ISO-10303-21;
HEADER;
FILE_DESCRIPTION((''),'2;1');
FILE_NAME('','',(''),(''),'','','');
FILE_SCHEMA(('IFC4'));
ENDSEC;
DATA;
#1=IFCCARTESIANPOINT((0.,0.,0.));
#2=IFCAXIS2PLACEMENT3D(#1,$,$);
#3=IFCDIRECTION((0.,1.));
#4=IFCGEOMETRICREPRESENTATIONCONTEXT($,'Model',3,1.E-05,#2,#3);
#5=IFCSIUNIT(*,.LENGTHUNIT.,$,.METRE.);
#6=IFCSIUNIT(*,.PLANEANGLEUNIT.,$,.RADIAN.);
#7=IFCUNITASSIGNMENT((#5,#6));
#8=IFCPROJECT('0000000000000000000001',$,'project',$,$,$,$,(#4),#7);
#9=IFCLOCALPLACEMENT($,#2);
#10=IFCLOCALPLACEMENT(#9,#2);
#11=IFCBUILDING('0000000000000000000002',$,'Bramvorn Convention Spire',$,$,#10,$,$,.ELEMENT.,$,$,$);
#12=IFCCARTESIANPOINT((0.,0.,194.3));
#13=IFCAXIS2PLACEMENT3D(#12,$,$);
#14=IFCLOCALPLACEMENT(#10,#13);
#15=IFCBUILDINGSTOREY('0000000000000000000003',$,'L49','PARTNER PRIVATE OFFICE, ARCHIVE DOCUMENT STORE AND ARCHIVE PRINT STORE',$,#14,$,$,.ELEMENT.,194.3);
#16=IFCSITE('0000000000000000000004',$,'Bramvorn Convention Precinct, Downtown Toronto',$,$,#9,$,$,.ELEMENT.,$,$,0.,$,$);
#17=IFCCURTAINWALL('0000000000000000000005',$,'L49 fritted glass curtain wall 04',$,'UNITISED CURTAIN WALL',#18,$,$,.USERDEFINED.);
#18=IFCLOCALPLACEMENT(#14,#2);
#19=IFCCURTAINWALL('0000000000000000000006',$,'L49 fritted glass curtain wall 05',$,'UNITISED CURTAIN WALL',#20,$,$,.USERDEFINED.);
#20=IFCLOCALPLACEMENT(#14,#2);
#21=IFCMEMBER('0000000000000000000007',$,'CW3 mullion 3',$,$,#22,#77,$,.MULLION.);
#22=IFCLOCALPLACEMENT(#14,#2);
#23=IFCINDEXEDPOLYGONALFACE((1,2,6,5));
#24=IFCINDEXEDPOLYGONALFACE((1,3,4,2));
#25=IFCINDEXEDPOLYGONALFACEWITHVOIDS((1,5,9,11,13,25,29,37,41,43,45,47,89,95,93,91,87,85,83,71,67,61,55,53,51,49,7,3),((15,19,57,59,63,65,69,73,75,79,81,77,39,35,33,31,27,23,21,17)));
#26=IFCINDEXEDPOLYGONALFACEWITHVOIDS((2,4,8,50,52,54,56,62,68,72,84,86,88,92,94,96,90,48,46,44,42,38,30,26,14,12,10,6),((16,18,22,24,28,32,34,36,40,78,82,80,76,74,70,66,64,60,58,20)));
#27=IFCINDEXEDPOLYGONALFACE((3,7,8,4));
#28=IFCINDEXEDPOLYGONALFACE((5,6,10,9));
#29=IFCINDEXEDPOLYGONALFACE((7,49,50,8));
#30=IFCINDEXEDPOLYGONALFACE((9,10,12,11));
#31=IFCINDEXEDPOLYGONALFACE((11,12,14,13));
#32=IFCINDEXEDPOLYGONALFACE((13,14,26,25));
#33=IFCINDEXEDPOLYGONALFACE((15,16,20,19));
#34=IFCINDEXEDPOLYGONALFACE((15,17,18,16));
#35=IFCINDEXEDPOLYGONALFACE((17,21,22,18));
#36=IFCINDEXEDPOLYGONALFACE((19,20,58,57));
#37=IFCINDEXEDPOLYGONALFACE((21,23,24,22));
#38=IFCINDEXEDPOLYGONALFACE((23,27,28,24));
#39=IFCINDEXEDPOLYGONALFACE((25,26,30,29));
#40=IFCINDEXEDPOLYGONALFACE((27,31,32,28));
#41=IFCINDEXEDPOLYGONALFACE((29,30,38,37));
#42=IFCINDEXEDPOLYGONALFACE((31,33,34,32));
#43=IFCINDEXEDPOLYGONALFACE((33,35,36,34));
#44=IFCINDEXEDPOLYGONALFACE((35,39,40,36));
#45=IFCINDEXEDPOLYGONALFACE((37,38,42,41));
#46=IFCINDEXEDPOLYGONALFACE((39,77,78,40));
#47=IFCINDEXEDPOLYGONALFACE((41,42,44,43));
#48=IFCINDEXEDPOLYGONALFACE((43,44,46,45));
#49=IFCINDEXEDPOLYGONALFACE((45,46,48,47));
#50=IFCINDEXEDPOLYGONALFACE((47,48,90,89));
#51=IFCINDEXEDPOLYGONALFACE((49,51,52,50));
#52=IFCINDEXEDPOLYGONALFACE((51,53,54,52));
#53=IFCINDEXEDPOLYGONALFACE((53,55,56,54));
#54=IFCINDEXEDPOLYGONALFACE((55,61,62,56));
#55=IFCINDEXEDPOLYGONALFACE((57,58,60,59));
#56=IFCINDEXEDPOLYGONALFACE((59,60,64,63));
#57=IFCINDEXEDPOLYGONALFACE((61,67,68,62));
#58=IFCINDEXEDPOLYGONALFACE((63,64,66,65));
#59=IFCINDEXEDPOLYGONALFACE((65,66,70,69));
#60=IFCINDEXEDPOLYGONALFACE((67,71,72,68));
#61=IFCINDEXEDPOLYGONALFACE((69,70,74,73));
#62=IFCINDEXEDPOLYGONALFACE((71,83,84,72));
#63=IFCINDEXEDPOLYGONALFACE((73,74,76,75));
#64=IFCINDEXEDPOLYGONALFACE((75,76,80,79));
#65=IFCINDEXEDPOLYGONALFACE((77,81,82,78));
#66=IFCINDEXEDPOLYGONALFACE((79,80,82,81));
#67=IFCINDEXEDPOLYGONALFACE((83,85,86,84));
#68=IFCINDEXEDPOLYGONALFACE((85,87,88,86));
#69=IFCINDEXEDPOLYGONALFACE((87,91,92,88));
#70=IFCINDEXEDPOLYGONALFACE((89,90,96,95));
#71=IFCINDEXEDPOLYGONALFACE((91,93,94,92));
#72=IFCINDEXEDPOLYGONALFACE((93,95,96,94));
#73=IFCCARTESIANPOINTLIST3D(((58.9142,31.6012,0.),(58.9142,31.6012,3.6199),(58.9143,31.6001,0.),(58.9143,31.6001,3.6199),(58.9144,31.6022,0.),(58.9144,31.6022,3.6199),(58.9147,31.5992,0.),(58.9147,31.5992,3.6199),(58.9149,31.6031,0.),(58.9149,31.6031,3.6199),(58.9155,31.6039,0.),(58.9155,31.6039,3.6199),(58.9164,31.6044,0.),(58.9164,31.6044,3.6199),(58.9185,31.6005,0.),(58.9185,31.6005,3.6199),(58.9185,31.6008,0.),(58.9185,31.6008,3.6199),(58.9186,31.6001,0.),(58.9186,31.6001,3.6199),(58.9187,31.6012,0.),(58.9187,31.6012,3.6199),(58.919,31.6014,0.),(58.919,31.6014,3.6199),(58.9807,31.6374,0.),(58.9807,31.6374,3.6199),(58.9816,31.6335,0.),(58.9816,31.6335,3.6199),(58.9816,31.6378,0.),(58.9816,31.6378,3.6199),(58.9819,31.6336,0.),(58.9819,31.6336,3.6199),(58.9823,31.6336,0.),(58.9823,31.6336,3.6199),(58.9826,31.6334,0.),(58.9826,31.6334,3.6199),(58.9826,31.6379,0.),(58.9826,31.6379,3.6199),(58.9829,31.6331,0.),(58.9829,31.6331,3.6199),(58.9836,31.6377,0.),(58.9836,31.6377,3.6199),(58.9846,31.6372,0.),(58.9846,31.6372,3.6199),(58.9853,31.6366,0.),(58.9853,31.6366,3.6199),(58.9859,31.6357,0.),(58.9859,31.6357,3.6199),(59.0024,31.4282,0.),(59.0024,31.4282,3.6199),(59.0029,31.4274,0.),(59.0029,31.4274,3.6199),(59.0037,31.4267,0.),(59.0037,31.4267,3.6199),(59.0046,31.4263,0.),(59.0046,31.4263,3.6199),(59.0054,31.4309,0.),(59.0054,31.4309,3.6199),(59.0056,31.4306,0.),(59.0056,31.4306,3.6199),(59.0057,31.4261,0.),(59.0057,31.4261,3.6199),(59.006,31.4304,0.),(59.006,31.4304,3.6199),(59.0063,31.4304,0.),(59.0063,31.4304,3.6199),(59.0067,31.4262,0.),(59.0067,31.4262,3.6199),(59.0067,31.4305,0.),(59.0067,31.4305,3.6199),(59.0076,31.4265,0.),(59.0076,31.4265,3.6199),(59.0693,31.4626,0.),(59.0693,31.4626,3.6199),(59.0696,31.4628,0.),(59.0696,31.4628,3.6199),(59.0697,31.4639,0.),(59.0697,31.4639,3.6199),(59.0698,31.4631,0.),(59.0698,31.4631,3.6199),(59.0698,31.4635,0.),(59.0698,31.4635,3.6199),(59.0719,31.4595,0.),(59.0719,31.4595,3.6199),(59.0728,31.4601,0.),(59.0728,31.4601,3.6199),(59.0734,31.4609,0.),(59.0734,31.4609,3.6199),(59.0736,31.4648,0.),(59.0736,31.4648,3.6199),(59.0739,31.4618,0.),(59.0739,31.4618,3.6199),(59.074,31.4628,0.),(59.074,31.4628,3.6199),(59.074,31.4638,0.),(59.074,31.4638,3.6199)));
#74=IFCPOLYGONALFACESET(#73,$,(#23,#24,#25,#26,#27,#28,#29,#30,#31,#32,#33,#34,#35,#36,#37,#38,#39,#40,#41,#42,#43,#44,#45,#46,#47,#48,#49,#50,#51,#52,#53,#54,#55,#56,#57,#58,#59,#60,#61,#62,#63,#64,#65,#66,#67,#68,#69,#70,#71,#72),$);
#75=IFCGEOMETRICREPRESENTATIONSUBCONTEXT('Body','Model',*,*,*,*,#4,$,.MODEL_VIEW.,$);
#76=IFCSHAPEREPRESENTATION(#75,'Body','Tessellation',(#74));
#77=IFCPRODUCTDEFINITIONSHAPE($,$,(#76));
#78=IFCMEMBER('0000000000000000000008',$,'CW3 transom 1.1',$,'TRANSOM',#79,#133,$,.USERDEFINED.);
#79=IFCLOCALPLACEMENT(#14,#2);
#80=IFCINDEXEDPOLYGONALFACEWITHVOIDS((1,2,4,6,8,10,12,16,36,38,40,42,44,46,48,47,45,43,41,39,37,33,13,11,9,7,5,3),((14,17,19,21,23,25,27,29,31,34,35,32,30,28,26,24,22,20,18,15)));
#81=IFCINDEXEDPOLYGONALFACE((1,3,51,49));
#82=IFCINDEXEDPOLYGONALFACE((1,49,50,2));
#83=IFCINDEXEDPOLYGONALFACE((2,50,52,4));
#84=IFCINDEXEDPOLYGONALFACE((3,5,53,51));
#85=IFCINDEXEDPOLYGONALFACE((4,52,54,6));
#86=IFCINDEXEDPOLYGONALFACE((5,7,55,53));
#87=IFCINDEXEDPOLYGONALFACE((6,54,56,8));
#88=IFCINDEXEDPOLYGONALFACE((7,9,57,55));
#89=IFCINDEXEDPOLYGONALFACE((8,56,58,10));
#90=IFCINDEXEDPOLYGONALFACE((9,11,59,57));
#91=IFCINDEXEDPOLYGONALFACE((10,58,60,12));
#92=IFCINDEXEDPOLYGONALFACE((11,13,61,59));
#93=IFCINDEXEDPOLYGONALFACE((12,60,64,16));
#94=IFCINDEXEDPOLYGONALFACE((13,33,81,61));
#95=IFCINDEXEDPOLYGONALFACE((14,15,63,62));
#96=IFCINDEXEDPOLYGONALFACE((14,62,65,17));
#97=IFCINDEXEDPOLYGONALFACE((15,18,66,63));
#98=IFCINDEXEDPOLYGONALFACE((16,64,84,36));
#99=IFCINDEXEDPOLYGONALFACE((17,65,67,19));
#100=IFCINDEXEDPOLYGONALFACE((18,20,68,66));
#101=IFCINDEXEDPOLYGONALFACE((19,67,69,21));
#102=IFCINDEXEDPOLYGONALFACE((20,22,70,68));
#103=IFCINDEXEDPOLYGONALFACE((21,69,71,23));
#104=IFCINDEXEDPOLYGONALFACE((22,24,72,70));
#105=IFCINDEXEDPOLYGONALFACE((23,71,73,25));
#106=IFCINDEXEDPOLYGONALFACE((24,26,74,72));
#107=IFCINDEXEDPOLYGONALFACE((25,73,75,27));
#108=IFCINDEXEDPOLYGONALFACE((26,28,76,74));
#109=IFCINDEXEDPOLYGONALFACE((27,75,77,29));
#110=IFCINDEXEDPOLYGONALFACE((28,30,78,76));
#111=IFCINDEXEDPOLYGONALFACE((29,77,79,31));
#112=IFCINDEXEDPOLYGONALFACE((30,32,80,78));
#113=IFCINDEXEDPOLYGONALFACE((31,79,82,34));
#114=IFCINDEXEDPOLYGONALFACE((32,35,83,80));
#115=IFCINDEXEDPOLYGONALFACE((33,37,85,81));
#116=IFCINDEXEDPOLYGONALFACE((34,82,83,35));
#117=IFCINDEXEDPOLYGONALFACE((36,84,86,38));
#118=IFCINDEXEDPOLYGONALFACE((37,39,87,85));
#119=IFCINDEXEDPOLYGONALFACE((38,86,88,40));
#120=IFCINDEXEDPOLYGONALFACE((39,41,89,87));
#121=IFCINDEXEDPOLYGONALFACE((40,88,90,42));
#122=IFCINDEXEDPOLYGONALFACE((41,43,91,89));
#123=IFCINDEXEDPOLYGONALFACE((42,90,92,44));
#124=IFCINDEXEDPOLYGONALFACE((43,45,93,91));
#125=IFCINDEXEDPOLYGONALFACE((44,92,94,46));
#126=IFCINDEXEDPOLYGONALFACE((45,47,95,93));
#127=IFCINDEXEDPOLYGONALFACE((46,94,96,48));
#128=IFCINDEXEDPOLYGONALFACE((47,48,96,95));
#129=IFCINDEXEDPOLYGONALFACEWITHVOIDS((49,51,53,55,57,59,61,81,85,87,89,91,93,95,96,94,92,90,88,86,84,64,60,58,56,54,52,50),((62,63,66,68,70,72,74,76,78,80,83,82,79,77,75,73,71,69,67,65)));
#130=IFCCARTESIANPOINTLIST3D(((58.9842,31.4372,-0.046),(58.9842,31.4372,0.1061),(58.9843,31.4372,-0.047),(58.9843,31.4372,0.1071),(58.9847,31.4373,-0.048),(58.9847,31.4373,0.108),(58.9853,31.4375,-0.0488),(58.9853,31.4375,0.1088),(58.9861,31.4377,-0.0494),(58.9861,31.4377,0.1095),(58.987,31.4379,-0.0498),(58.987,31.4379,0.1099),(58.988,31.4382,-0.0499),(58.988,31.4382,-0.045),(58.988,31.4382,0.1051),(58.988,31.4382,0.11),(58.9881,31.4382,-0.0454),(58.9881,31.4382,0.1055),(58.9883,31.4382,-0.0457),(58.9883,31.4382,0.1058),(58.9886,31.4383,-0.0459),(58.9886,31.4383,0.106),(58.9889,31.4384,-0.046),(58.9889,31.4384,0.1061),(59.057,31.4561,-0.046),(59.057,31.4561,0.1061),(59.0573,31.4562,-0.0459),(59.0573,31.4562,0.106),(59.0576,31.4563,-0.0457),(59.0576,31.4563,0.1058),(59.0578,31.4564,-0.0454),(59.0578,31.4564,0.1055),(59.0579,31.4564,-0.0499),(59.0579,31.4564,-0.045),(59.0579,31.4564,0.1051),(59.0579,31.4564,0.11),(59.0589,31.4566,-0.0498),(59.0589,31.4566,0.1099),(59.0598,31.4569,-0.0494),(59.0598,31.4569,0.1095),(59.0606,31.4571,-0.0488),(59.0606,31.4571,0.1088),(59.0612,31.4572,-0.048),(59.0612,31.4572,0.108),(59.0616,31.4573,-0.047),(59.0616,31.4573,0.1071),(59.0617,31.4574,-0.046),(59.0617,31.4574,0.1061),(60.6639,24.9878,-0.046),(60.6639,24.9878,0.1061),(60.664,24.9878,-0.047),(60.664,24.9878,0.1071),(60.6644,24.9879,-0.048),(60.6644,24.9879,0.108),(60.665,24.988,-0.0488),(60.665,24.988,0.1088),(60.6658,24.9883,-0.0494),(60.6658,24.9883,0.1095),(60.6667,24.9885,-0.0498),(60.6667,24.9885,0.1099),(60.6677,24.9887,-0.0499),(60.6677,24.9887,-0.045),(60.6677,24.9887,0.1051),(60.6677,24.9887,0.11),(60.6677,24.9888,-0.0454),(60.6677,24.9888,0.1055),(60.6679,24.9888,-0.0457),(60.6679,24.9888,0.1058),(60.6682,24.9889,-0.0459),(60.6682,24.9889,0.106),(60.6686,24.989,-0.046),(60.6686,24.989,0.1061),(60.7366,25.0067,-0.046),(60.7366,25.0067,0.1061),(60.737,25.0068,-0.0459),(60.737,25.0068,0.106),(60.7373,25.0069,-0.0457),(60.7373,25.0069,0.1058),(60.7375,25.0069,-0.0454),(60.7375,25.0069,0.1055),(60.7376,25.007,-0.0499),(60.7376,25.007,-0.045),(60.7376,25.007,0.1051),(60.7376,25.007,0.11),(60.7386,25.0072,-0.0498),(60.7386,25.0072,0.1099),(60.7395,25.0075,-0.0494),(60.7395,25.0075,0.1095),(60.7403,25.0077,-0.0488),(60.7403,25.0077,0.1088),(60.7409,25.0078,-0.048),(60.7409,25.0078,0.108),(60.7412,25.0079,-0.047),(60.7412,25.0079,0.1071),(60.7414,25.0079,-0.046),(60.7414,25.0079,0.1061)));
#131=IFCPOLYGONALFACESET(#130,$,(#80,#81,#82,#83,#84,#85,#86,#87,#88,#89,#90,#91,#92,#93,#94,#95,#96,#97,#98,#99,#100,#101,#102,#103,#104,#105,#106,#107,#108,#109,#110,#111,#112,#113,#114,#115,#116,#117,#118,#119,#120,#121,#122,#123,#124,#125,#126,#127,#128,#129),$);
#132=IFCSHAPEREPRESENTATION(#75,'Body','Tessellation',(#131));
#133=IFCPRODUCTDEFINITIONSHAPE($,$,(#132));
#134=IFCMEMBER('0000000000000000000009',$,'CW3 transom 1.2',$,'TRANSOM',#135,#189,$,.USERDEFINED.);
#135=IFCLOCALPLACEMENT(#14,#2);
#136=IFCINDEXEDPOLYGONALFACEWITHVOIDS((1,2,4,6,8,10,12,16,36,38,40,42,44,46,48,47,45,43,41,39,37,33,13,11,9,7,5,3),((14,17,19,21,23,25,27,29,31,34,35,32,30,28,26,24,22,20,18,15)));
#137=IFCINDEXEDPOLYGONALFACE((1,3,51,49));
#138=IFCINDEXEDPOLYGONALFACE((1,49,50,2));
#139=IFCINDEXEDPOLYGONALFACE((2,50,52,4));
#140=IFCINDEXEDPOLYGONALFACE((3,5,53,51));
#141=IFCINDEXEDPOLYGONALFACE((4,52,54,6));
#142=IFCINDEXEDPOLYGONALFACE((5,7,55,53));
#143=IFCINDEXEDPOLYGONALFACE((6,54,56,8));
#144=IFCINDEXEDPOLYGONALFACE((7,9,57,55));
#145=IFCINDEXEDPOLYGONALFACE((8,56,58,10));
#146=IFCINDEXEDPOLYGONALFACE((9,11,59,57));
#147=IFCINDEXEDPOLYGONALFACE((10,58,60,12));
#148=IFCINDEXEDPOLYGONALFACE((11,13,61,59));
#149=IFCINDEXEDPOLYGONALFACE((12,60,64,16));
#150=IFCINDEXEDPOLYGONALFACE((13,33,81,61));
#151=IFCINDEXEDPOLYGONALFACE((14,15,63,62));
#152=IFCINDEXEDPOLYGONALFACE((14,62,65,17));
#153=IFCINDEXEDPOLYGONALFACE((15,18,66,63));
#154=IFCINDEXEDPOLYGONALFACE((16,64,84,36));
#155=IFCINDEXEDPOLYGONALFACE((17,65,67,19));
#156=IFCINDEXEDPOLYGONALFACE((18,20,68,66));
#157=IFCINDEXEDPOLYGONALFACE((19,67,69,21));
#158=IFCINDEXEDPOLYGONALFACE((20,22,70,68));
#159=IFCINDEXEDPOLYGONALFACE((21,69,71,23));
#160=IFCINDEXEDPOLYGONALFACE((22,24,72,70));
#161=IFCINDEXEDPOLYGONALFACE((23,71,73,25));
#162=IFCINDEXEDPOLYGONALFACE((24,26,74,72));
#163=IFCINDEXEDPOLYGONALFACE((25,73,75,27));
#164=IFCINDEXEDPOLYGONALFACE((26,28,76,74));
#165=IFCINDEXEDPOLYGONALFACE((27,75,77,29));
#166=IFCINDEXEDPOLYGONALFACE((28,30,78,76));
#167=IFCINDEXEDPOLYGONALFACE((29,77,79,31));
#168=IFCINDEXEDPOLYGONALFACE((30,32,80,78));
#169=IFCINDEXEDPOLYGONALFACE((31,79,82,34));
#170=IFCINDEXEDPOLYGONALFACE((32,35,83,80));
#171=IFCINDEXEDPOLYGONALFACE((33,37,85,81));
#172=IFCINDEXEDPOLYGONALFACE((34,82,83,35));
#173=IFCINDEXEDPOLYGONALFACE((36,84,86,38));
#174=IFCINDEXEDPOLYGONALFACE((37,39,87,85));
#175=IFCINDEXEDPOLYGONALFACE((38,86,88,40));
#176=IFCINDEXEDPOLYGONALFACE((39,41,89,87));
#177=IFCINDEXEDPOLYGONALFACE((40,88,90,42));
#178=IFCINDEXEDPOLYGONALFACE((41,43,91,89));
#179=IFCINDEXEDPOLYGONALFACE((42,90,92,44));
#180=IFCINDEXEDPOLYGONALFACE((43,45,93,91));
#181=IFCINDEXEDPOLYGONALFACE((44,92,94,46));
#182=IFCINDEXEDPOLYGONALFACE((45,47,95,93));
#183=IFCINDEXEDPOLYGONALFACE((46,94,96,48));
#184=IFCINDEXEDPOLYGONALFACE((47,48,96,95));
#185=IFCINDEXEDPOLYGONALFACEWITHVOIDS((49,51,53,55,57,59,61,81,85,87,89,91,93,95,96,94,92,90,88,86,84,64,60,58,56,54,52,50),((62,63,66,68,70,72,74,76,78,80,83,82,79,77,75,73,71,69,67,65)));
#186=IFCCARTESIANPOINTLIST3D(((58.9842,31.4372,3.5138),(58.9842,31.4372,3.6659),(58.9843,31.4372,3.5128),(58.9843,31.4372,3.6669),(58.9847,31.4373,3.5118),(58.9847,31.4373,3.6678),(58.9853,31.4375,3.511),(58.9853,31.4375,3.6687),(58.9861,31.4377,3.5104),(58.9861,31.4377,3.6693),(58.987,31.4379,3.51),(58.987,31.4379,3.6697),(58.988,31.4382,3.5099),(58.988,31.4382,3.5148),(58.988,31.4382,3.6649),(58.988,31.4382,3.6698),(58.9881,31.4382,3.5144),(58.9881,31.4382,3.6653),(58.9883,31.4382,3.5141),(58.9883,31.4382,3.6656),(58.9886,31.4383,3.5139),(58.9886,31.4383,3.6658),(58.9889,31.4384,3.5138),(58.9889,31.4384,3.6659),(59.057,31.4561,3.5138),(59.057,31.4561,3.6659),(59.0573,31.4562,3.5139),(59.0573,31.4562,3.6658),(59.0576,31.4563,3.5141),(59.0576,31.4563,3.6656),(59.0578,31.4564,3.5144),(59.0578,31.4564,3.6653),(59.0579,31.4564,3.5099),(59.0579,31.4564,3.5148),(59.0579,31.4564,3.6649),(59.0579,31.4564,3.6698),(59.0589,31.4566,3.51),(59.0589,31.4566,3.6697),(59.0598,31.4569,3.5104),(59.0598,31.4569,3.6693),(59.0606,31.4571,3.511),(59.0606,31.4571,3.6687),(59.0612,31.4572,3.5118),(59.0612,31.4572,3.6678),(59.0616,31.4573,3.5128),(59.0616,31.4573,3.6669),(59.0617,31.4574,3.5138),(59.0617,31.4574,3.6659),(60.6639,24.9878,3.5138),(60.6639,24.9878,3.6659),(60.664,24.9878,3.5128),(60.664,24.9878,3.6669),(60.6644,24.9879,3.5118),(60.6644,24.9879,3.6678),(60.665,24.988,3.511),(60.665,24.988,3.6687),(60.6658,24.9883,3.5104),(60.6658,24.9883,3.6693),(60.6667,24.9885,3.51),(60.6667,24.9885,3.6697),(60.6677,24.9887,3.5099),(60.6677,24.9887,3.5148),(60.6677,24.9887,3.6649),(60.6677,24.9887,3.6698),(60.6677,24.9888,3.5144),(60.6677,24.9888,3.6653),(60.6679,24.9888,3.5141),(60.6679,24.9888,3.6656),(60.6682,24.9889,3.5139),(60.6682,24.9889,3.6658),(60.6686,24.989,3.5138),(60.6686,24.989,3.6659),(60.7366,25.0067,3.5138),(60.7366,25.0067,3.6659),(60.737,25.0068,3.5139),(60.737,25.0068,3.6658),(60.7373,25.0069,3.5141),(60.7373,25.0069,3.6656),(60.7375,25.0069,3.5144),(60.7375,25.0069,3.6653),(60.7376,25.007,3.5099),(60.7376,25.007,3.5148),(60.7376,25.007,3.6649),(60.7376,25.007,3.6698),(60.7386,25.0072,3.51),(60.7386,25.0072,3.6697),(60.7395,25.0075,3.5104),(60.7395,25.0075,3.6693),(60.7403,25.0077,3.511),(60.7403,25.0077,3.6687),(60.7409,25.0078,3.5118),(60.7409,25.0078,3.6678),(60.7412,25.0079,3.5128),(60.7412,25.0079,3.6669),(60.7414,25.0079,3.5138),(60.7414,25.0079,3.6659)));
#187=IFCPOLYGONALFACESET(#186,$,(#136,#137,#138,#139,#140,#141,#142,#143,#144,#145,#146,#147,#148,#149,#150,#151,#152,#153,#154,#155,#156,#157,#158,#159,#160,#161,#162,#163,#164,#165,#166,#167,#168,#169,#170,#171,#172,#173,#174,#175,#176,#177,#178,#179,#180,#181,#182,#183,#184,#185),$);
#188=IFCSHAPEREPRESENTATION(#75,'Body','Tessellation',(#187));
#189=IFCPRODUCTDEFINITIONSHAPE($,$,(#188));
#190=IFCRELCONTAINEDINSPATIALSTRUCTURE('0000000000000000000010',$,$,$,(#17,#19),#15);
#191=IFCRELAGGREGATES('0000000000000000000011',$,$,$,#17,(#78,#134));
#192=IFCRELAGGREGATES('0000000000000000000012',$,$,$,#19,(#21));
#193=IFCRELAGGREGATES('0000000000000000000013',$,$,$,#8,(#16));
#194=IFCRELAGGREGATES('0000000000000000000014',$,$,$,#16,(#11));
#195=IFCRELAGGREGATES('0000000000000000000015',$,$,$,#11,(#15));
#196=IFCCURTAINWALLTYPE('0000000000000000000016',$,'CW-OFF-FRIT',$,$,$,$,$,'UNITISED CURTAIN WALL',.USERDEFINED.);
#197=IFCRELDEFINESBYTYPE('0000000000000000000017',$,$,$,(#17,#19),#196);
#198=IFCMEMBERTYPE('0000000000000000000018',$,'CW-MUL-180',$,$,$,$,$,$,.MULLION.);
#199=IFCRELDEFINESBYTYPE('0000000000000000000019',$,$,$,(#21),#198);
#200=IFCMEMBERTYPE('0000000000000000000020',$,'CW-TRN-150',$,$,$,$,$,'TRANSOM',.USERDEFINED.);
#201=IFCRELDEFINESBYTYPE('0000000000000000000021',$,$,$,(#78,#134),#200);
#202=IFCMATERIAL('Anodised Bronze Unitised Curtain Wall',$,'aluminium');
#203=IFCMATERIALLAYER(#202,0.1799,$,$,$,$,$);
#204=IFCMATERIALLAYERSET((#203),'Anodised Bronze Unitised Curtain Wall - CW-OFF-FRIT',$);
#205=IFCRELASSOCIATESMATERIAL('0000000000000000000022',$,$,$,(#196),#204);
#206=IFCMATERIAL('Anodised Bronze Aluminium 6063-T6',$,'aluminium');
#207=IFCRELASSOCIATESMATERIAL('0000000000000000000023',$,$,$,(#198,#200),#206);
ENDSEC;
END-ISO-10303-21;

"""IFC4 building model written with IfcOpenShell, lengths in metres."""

from ifc_helpers import new_model, si_unit, direction, frame, origin, origin_2d, place, context, subcontext, project, spatial, hollow_rectangle, extrude, material, layer, layer_set, material_profile, profile_set, type_object, element, aggregate, save


model = new_model("IFC4")

# Units and contexts
model_context = context("Model", 3, precision=1e-05, world=origin(), true_north=direction((0.0, 1.0)))
body_context = subcontext(model_context, "Body", "Model", "MODEL_VIEW")
ifc_project = project(units=[si_unit("LENGTHUNIT", "METRE"), si_unit("PLANEANGLEUNIT", "RADIAN")], contexts=[model_context])

# Site, building, storey
site_placement = place(None, origin())
site = spatial("IfcSite", under=ifc_project, at=site_placement, Name="Bramvorn Convention Precinct, Downtown Toronto", CompositionType="ELEMENT", RefElevation=0.0)
building_placement = place(site_placement, origin())
building = spatial("IfcBuilding", under=site, at=building_placement, Name="Bramvorn Convention Spire", CompositionType="ELEMENT")
storey_placement = place(building_placement, frame((0.0, 0.0, 194.3)))
storey = spatial("IfcBuildingStorey", under=building, at=storey_placement, Name="L49", Description="PARTNER PRIVATE OFFICE, ARCHIVE DOCUMENT STORE AND ARCHIVE PRINT STORE", CompositionType="ELEMENT", Elevation=194.3)

# Curtain walls, member
ifc_material_1 = material(Name="Anodised Bronze Unitised Curtain Wall", Category="aluminium")
ifc_layer_1 = layer(ifc_material_1, 0.1799)
ifc_layer_set_1 = layer_set([ifc_layer_1], Name="Anodised Bronze Unitised Curtain Wall - CW-OFF-FRIT")
curtain_wall_type = type_object("IfcCurtainWallType", Name="CW-OFF-FRIT", ElementType="UNITISED CURTAIN WALL", PredefinedType="USERDEFINED", material=ifc_layer_set_1)
curtain_wall_1_placement = place(storey_placement, origin())
curtain_wall_1 = element("IfcCurtainWall", 1, at=curtain_wall_1_placement, inside=storey, type_object=curtain_wall_type, Name="L49 fritted glass curtain wall 04", ObjectType="UNITISED CURTAIN WALL", PredefinedType="USERDEFINED")
ifc_material_2 = material(Name="Anodised Bronze Aluminium 6063-T6", Category="aluminium")
ifc_material_profile_1 = material_profile(ifc_material_2, hollow_rectangle(XDim=0.0801, YDim=0.2, WallThickness=0.0039, InnerFilletRadius=0.001, OuterFilletRadius=0.0039, at=origin_2d()))
ifc_profile_set_1 = profile_set([ifc_material_profile_1], Name="Anodised Bronze Aluminium 6063-T6 - CWM80X200")
member_type_1 = type_object("IfcMemberType", Name="CW-MUL-180", PredefinedType="MULLION", material=ifc_profile_set_1)
curtain_wall_2_placement = place(storey_placement, origin())
curtain_wall_2 = element("IfcCurtainWall", 2, at=curtain_wall_2_placement, inside=storey, type_object=curtain_wall_type, Name="L49 fritted glass curtain wall 05", ObjectType="UNITISED CURTAIN WALL", PredefinedType="USERDEFINED")
member_1_placement = place(storey_placement, frame((58.9941, 31.532, 0.0), z_axis=(0.0, 0.0, 1.0), x_axis=(0.889742, 0.456463, 0.0)))
member_1 = element("IfcMember", 3, at=member_1_placement, type_object=member_type_1, Name="CW3 mullion 3", PredefinedType="MULLION", context=body_context, shape_type="SweptSolid", body=[
    extrude(hollow_rectangle(XDim=0.0801, YDim=0.2, WallThickness=0.0039, InnerFilletRadius=0.001, OuterFilletRadius=0.0039, at=origin_2d()), origin(), (0.0, 0.0, 1.0), 3.6199),
])

# Members
ifc_material_profile_2 = material_profile(ifc_material_2, hollow_rectangle(XDim=0.0801, YDim=0.1599, WallThickness=0.0039, InnerFilletRadius=0.001, OuterFilletRadius=0.0039, at=origin_2d()))
ifc_profile_set_2 = profile_set([ifc_material_profile_2], Name="Anodised Bronze Aluminium 6063-T6 - CWT80X160")
member_type_2 = type_object("IfcMemberType", Name="CW-TRN-150", ElementType="TRANSOM", PredefinedType="USERDEFINED", material=ifc_profile_set_2)
member_2_placement = place(storey_placement, frame((59.0229, 31.4473, 0.03), z_axis=(0.252031, -0.967719, 0.0), x_axis=(0.967719, 0.252031, 0.0)))
member_2 = element("IfcMember", 4, at=member_2_placement, type_object=member_type_2, Name="CW3 transom 1.1", ObjectType="TRANSOM", PredefinedType="USERDEFINED", context=body_context, shape_type="SweptSolid", body=[
    extrude(hollow_rectangle(XDim=0.0801, YDim=0.1599, WallThickness=0.0039, InnerFilletRadius=0.001, OuterFilletRadius=0.0039, at=origin_2d()), origin(), (0.0, 0.0, 1.0), 6.6646),
])
member_3_placement = place(storey_placement, frame((59.0229, 31.4473, 3.5898), z_axis=(0.252031, -0.967719, 0.0), x_axis=(0.967719, 0.252031, 0.0)))
member_3 = element("IfcMember", 5, at=member_3_placement, type_object=member_type_2, Name="CW3 transom 1.2", ObjectType="TRANSOM", PredefinedType="USERDEFINED", context=body_context, shape_type="SweptSolid", body=[
    extrude(hollow_rectangle(XDim=0.0801, YDim=0.1599, WallThickness=0.0039, InnerFilletRadius=0.001, OuterFilletRadius=0.0039, at=origin_2d()), origin(), (0.0, 0.0, 1.0), 6.6646),
])

aggregate(curtain_wall_1, [member_2, member_3])
aggregate(curtain_wall_2, [member_1])

save(model, "model.ifc")
